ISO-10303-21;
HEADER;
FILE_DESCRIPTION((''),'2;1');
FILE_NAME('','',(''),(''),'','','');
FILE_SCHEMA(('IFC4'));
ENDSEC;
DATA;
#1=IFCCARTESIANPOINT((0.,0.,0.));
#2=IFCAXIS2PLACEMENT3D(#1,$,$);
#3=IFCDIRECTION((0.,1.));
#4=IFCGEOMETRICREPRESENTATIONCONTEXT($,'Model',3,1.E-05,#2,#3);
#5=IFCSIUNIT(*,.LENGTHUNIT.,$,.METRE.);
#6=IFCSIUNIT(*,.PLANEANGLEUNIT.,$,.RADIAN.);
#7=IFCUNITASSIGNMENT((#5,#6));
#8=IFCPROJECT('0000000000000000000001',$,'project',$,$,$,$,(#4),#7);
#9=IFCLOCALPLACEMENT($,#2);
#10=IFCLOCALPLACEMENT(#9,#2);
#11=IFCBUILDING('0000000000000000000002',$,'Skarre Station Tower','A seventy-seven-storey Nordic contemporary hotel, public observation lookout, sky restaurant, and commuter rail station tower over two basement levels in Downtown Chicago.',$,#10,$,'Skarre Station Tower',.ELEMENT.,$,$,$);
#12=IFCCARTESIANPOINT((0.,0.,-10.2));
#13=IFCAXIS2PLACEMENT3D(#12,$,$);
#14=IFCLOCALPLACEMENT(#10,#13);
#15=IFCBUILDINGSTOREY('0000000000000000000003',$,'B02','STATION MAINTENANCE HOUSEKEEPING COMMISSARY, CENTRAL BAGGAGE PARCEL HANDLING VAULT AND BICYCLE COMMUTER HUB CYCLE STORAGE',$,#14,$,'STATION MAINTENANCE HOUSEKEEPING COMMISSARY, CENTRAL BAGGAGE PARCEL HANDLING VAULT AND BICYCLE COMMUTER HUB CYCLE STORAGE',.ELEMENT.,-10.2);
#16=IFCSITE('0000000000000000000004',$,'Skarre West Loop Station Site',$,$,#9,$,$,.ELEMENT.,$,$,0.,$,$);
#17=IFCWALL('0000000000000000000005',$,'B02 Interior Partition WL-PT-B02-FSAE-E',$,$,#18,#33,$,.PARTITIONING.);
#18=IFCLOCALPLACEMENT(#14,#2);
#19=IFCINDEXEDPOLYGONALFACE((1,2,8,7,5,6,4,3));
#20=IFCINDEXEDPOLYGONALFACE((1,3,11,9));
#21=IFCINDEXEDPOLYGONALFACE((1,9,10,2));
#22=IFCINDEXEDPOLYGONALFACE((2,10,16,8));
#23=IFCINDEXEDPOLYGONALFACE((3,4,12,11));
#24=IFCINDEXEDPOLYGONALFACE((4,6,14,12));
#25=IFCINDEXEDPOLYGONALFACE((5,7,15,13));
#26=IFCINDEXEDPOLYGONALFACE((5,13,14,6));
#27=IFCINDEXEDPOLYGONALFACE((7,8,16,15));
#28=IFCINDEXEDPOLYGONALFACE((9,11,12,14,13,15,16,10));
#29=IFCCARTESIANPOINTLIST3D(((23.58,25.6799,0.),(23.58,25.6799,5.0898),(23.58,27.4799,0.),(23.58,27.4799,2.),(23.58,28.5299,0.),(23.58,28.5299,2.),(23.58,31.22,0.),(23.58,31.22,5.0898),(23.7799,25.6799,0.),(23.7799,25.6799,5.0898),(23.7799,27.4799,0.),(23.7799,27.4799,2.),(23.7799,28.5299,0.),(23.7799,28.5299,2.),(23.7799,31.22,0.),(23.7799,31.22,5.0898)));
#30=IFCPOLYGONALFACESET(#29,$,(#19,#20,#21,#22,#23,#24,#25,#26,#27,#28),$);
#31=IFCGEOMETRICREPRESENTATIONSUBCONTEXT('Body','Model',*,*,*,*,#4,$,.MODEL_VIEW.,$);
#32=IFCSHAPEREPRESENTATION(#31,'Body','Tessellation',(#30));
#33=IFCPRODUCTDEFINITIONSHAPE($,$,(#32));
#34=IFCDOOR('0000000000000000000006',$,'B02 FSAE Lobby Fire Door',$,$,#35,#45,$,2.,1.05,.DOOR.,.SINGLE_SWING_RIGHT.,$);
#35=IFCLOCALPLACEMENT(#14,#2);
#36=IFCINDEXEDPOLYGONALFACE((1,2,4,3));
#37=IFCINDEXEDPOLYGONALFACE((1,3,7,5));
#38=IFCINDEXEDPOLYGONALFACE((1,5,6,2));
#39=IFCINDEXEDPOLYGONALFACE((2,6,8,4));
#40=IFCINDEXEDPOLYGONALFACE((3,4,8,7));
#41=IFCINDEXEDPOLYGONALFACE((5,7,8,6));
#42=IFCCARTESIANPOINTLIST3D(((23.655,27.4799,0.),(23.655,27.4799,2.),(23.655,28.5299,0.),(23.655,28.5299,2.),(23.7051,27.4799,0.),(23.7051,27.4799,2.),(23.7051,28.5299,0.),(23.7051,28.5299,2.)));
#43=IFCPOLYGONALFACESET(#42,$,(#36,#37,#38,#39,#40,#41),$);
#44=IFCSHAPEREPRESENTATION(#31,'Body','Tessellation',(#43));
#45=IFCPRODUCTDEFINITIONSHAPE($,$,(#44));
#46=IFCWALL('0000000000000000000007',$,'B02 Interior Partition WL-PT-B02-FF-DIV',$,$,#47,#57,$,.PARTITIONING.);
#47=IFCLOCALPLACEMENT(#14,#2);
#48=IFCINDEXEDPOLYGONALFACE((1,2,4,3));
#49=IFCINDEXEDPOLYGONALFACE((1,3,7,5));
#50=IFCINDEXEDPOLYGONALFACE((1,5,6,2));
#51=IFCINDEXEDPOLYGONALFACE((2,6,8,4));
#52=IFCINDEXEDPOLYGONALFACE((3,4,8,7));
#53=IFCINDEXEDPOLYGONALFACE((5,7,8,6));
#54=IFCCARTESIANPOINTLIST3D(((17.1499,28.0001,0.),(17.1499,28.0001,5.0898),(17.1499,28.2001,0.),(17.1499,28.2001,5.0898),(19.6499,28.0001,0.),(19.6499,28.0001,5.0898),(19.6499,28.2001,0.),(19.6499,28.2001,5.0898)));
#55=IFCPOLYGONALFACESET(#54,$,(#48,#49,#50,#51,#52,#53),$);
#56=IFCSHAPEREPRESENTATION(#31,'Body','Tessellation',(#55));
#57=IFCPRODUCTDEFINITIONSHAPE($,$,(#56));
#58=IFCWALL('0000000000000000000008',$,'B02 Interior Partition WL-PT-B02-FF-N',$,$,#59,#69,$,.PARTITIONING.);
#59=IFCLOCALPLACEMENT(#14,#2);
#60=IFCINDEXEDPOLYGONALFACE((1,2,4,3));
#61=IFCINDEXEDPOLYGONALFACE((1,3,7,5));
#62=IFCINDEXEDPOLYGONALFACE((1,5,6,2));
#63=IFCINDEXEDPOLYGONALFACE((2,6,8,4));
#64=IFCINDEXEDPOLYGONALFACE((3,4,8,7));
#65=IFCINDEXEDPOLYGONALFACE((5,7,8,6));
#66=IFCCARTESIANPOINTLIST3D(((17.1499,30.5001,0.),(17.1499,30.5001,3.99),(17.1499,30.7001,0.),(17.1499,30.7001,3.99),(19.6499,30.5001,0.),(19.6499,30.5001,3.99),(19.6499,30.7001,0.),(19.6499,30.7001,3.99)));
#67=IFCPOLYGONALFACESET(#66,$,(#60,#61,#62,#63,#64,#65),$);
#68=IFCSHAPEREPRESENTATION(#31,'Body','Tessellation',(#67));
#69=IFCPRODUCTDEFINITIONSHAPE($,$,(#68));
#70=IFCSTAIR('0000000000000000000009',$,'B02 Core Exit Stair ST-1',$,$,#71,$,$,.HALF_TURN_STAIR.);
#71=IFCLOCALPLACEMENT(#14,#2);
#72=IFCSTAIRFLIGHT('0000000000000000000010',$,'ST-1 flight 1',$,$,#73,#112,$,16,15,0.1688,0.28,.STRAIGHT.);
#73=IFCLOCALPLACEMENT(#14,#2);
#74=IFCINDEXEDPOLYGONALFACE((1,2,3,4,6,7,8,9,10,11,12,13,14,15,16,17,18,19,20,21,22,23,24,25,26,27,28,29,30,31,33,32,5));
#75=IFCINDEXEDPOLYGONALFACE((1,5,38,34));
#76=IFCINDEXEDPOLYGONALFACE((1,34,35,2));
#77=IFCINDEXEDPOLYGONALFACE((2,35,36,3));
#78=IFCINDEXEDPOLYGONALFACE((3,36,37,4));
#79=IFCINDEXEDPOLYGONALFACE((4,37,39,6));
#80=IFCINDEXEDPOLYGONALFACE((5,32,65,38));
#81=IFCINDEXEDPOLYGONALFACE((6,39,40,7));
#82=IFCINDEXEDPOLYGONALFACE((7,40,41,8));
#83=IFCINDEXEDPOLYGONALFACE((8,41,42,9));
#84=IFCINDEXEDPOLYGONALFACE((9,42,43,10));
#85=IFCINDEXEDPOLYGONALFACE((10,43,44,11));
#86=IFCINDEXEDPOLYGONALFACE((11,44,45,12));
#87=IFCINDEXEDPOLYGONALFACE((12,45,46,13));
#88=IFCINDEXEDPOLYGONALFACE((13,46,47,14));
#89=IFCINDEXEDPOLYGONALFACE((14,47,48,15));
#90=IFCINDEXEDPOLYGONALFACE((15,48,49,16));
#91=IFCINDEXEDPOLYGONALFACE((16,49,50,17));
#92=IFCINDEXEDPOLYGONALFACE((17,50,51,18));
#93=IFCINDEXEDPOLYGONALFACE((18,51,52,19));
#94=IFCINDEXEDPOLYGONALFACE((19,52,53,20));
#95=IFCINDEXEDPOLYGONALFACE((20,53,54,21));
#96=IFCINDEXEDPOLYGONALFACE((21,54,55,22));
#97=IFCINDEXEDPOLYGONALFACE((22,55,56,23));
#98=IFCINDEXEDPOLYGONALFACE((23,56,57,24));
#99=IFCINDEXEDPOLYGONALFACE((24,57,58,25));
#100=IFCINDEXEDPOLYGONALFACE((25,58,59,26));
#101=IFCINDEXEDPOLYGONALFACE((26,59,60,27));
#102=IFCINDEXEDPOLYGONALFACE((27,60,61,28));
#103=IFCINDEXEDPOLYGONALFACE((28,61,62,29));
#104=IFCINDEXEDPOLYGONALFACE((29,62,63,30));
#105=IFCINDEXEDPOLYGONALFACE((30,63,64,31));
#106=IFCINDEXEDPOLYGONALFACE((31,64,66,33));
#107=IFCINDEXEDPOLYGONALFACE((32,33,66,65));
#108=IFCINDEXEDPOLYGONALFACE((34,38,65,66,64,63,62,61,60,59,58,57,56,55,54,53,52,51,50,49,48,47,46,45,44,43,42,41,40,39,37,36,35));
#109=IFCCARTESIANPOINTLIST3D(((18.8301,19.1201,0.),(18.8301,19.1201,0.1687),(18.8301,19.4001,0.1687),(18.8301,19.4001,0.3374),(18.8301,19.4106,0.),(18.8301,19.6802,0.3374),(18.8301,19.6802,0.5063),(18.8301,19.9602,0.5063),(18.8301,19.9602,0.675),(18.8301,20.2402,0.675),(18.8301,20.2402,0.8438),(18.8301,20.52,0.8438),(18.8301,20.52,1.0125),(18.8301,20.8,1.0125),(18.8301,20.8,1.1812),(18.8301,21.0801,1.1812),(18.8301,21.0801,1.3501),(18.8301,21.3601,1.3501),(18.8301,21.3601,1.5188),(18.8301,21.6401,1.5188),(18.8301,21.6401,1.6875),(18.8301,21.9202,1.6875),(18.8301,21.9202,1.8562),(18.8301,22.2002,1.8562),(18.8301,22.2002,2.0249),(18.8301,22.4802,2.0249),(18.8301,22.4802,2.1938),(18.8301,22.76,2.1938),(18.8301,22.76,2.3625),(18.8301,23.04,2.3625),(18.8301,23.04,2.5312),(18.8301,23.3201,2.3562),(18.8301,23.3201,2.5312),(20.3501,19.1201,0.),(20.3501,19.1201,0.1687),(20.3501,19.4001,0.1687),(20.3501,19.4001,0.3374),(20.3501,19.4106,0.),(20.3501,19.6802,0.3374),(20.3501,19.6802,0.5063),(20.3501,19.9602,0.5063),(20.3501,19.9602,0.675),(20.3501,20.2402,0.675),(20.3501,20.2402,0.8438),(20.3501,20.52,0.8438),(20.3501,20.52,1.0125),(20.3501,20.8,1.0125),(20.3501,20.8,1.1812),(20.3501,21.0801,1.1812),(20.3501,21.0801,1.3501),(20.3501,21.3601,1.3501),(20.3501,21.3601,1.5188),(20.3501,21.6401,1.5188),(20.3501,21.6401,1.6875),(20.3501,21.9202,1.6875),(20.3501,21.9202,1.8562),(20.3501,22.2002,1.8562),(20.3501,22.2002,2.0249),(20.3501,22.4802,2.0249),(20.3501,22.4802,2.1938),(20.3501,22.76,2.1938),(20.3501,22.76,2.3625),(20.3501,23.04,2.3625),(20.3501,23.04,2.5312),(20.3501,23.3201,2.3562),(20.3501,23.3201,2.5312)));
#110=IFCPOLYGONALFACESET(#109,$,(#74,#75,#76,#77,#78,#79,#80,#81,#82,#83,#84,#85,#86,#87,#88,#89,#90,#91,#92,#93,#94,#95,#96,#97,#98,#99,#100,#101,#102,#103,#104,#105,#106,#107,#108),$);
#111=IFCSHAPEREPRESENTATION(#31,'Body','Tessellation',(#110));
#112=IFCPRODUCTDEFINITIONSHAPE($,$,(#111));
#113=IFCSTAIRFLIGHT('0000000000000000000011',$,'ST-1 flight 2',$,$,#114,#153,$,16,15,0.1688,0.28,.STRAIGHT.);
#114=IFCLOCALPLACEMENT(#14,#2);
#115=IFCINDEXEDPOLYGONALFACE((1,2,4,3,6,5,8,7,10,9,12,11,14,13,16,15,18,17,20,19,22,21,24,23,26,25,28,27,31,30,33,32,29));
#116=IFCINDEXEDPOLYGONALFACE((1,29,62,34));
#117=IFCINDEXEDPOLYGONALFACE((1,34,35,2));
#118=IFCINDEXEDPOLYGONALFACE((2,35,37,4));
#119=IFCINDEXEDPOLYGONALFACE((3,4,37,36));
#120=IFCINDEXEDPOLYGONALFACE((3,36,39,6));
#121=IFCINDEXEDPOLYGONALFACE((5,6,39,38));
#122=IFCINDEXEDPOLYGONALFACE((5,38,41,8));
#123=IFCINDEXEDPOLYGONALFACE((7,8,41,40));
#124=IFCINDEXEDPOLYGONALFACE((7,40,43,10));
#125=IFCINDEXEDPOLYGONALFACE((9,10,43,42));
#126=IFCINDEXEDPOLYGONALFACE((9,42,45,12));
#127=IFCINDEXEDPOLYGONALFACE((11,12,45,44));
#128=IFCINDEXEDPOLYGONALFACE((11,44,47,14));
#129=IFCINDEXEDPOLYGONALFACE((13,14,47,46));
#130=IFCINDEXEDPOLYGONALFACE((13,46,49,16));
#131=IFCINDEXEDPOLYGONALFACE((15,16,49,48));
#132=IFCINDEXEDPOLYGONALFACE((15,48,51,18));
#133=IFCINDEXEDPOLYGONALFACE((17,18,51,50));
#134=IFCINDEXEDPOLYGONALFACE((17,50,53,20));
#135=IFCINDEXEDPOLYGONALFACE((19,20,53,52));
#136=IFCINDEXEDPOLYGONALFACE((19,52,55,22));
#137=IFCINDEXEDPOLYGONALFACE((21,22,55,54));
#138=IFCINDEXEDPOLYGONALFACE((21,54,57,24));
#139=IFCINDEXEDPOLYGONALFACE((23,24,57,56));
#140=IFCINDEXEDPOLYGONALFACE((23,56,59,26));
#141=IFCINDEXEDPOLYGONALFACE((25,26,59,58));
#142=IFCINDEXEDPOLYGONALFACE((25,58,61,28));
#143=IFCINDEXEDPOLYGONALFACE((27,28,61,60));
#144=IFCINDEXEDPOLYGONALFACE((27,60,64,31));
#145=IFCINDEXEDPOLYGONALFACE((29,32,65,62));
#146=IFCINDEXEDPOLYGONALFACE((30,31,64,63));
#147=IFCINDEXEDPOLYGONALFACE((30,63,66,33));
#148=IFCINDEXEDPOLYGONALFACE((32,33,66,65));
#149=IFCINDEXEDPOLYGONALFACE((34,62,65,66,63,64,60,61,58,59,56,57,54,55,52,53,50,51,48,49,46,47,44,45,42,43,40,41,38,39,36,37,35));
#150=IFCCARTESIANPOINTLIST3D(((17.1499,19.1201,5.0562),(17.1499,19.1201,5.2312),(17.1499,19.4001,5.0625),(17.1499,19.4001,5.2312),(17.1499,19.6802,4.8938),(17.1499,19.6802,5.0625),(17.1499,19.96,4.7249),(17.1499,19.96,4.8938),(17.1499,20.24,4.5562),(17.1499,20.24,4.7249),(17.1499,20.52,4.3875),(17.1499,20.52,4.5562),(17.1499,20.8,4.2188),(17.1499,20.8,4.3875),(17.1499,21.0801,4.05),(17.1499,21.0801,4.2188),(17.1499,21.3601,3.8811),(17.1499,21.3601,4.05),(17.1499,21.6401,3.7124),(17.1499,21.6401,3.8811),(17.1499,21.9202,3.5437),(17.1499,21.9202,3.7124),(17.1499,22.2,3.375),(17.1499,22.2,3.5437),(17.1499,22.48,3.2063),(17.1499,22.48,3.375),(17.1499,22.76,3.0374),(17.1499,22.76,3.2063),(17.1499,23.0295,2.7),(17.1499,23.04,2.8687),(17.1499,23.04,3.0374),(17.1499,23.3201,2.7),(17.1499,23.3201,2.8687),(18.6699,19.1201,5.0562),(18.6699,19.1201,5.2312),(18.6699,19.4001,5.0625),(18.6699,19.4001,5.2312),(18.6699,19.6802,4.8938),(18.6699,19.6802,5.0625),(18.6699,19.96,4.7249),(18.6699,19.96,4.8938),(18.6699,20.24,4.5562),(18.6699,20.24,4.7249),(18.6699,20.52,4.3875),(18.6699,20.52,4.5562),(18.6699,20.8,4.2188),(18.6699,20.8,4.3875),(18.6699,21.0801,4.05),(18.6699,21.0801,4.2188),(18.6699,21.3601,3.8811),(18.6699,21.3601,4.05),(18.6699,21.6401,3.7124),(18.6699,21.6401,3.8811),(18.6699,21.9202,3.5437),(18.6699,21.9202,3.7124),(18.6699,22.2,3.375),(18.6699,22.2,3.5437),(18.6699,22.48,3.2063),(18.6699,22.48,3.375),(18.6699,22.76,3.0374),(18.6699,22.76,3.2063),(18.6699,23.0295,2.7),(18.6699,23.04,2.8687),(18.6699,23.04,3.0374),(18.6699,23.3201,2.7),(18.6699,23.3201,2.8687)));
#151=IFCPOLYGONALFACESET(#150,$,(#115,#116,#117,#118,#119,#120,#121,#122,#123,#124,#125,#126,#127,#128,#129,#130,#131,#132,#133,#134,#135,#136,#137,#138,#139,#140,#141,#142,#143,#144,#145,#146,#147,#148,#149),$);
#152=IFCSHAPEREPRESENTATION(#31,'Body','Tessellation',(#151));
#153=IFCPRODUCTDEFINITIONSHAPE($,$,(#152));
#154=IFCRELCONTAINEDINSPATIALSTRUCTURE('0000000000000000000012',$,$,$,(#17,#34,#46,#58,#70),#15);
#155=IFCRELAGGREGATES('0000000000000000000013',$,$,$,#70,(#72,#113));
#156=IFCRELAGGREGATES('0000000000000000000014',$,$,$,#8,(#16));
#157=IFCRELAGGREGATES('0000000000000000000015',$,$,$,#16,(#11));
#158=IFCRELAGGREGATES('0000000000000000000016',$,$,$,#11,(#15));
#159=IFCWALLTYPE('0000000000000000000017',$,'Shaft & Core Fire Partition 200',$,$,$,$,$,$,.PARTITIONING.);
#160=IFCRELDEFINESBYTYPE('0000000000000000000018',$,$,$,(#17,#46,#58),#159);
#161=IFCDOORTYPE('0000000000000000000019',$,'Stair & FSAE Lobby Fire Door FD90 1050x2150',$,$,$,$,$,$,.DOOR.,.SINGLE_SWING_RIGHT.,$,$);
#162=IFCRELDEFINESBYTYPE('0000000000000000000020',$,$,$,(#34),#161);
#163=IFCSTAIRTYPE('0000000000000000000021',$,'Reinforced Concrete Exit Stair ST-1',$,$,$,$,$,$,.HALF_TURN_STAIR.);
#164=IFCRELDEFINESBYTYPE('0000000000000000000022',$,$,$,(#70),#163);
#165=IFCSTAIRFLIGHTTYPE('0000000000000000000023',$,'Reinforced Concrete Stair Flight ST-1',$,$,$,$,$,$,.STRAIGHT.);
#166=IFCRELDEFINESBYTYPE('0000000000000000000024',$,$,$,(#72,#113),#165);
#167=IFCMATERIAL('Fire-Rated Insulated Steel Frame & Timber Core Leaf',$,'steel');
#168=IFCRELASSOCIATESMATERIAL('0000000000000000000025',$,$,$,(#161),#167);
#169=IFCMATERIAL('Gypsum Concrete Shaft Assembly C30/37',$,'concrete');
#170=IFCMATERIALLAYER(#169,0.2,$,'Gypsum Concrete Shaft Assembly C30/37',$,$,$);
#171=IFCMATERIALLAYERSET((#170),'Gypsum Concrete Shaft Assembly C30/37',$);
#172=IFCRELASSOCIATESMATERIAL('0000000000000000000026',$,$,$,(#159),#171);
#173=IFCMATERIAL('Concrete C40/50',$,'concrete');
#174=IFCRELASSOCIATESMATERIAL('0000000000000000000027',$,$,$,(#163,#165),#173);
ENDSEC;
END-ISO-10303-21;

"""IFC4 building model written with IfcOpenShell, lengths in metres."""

from ifc_helpers import new_model, si_unit, direction, frame, frame_2d, origin, place, context, subcontext, project, spatial, polyline, rectangle, outline, extrude, material, layer, layer_set, type_object, element, fill, aggregate, save


model = new_model("IFC4")

# Units and contexts
model_context = context("Model", 3, precision=1e-05, world=origin(), true_north=direction((0.0, 1.0)))
body_context = subcontext(model_context, "Body", "Model", "MODEL_VIEW")
ifc_project = project(units=[si_unit("LENGTHUNIT", "METRE"), si_unit("PLANEANGLEUNIT", "RADIAN")], contexts=[model_context])

# Site, building, storey
site_placement = place(None, origin())
site = spatial("IfcSite", under=ifc_project, at=site_placement, Name="Skarre West Loop Station Site", CompositionType="ELEMENT", RefElevation=0.0)
building_placement = place(site_placement, origin())
building = spatial("IfcBuilding", under=site, at=building_placement, Name="Skarre Station Tower", Description="A seventy-seven-storey Nordic contemporary hotel, public observation lookout, sky restaurant, and commuter rail station tower over two basement levels in Downtown Chicago.", LongName="Skarre Station Tower", CompositionType="ELEMENT")
storey_placement = place(building_placement, frame((0.0, 0.0, -10.2)))
storey = spatial("IfcBuildingStorey", under=building, at=storey_placement, Name="B02", Description="STATION MAINTENANCE HOUSEKEEPING COMMISSARY, CENTRAL BAGGAGE PARCEL HANDLING VAULT AND BICYCLE COMMUTER HUB CYCLE STORAGE", LongName="STATION MAINTENANCE HOUSEKEEPING COMMISSARY, CENTRAL BAGGAGE PARCEL HANDLING VAULT AND BICYCLE COMMUTER HUB CYCLE STORAGE", CompositionType="ELEMENT", Elevation=-10.2)

# Shared definitions
ifc_material_1 = material(Name="Fire-Rated Insulated Steel Frame & Timber Core Leaf", Category="steel")
door_type_1 = type_object("IfcDoorType", Name="Stair & FSAE Lobby Fire Door FD90 1050x2150", OperationType="SINGLE_SWING_RIGHT", PredefinedType="DOOR", material=ifc_material_1)

# Shared definitions
ifc_material_2 = material(Name="Gypsum Concrete Shaft Assembly C30/37", Category="concrete")
ifc_layer_1 = layer(ifc_material_2, 0.2, Name="Gypsum Concrete Shaft Assembly C30/37")
ifc_layer_set_1 = layer_set([ifc_layer_1], Name="Gypsum Concrete Shaft Assembly C30/37")
wall_type_1 = type_object("IfcWallType", Name="Shaft & Core Fire Partition 200", PredefinedType="PARTITIONING", material=ifc_layer_set_1)

# Wall, opening, door
wall_1_placement = place(storey_placement, frame((23.6799, 25.6799, 0.0), z_axis=(0.0, 0.0, 1.0), x_axis=(0.0, 1.0, 0.0)))
wall_1 = element("IfcWall", 1, at=wall_1_placement, inside=storey, type_object=wall_type_1, Name="B02 Interior Partition WL-PT-B02-FSAE-E", PredefinedType="PARTITIONING", context=body_context, shape_type="SweptSolid", body=[
    extrude(rectangle(XDim=5.54, YDim=0.2, at=frame_2d((2.77, 0.0))), origin(), (0.0, 0.0, 1.0), 5.0898),
])
opening_1_placement = place(wall_1_placement, frame((1.8, 0.0, 0.0)))
opening_1 = element("IfcOpeningElement", 2, at=opening_1_placement, cuts=wall_1, PredefinedType="OPENING", context=body_context, shape_type="SweptSolid", body=[
    extrude(rectangle(XDim=1.05, YDim=2.0, at=frame_2d((0.5249, 1.0))), frame((0.0, 0.1099, 0.0), z_axis=(0.0, -1.0, 0.0), x_axis=(1.0, 0.0, 0.0)), (0.0, 0.0, 1.0), 0.22),
])
door_1_placement = place(opening_1_placement, origin())
door_1 = element("IfcDoor", 3, at=door_1_placement, inside=storey, type_object=door_type_1, Name="B02 FSAE Lobby Fire Door", OperationType="SINGLE_SWING_RIGHT", OverallHeight=2.0, OverallWidth=1.05, PredefinedType="DOOR", context=body_context, shape_type="SweptSolid", body=[
    extrude(rectangle(XDim=1.05, YDim=2.0, at=frame_2d((0.5249, 1.0))), frame((0.0, 0.0249, 0.0), z_axis=(0.0, -1.0, 0.0), x_axis=(1.0, 0.0, 0.0)), (0.0, 0.0, 1.0), 0.05),
])
fill(opening_1, door_1)

# Walls
wall_2_placement = place(storey_placement, frame((17.1499, 28.1001, 0.0), z_axis=(0.0, 0.0, 1.0), x_axis=(1.0, 0.0, 0.0)))
element("IfcWall", 4, at=wall_2_placement, inside=storey, type_object=wall_type_1, Name="B02 Interior Partition WL-PT-B02-FF-DIV", PredefinedType="PARTITIONING", context=body_context, shape_type="SweptSolid", body=[
    extrude(rectangle(XDim=2.5, YDim=0.2, at=frame_2d((1.25, 0.0))), origin(), (0.0, 0.0, 1.0), 5.0898),
])
wall_3_placement = place(storey_placement, frame((19.6499, 30.6001, 0.0), z_axis=(0.0, 0.0, 1.0), x_axis=(-1.0, 0.0, 0.0)))
element("IfcWall", 5, at=wall_3_placement, inside=storey, type_object=wall_type_1, Name="B02 Interior Partition WL-PT-B02-FF-N", PredefinedType="PARTITIONING", context=body_context, shape_type="SweptSolid", body=[
    extrude(rectangle(XDim=2.5, YDim=0.2, at=frame_2d((1.25, 0.0))), origin(), (0.0, 0.0, 1.0), 3.99),
])

# Stair, stair flights
ifc_material_3 = material(Name="Concrete C40/50", Category="concrete")
stair_type = type_object("IfcStairType", Name="Reinforced Concrete Exit Stair ST-1", PredefinedType="HALF_TURN_STAIR", material=ifc_material_3)
stair_placement = place(storey_placement, origin())
stair = element("IfcStair", 6, at=stair_placement, inside=storey, type_object=stair_type, Name="B02 Core Exit Stair ST-1", PredefinedType="HALF_TURN_STAIR")
stair_flight_type = type_object("IfcStairFlightType", Name="Reinforced Concrete Stair Flight ST-1", PredefinedType="STRAIGHT", material=ifc_material_3)
stair_flight_1_placement = place(storey_placement, frame((19.5901, 19.1201, 0.0), z_axis=(0.0, 0.0, 1.0), x_axis=(0.0, 1.0, 0.0)))
stair_flight_1 = element("IfcStairFlight", 7, at=stair_flight_1_placement, type_object=stair_flight_type, Name="ST-1 flight 1", NumberOfRisers=16, NumberOfTreads=15, PredefinedType="STRAIGHT", RiserHeight=0.1688, TreadLength=0.28, context=body_context, shape_type="SweptSolid", body=[
    extrude(outline(polyline([(0.0, 0.0), (0.0, 0.1687), (0.28, 0.1687), (0.28, 0.3374), (0.5601, 0.3374), (0.5601, 0.5063), (0.8401, 0.5063), (0.8401, 0.675), (1.1201, 0.675), (1.1201, 0.8438), (1.3999, 0.8438), (1.3999, 1.0125), (1.6799, 1.0125), (1.6799, 1.1812), (1.96, 1.1812), (1.96, 1.3501), (2.24, 1.3501), (2.24, 1.5188), (2.52, 1.5188), (2.52, 1.6875), (2.8, 1.6875), (2.8, 1.8562), (3.0801, 1.8562), (3.0801, 2.0249), (3.3601, 2.0249), (3.3601, 2.1938), (3.6399, 2.1938), (3.6399, 2.3625), (3.9199, 2.3625), (3.9199, 2.5312), (4.2, 2.5312), (4.2, 2.7), (4.2, 2.3562), (0.2905, 0.0), (0.0, 0.0)])), frame((0.0, 0.76, 0.0), z_axis=(0.0, -1.0, 0.0), x_axis=(1.0, 0.0, 0.0)), (0.0, 0.0, 1.0), 1.52),
])
stair_flight_2_placement = place(storey_placement, frame((17.9099, 23.3201, 2.7), z_axis=(0.0, 0.0, 1.0), x_axis=(0.0, -1.0, 0.0)))
stair_flight_2 = element("IfcStairFlight", 8, at=stair_flight_2_placement, type_object=stair_flight_type, Name="ST-1 flight 2", NumberOfRisers=16, NumberOfTreads=15, PredefinedType="STRAIGHT", RiserHeight=0.1688, TreadLength=0.28, context=body_context, shape_type="SweptSolid", body=[
    extrude(outline(polyline([(0.0, 0.0), (0.0, 0.1687), (0.28, 0.1687), (0.28, 0.3374), (0.5601, 0.3374), (0.5601, 0.5063), (0.8401, 0.5063), (0.8401, 0.675), (1.1201, 0.675), (1.1201, 0.8438), (1.3999, 0.8438), (1.3999, 1.0125), (1.6799, 1.0125), (1.6799, 1.1812), (1.96, 1.1812), (1.96, 1.3501), (2.24, 1.3501), (2.24, 1.5188), (2.52, 1.5188), (2.52, 1.6875), (2.8, 1.6875), (2.8, 1.8562), (3.0801, 1.8562), (3.0801, 2.0249), (3.3601, 2.0249), (3.3601, 2.1938), (3.6399, 2.1938), (3.6399, 2.3625), (3.9199, 2.3625), (3.9199, 2.5312), (4.2, 2.5312), (4.2, 2.7), (4.2, 2.3562), (0.2905, 0.0), (0.0, 0.0)])), frame((0.0, 0.76, 0.0), z_axis=(0.0, -1.0, 0.0), x_axis=(1.0, 0.0, 0.0)), (0.0, 0.0, 1.0), 1.52),
])
aggregate(stair, [stair_flight_1, stair_flight_2])

save(model, "model.ifc")
